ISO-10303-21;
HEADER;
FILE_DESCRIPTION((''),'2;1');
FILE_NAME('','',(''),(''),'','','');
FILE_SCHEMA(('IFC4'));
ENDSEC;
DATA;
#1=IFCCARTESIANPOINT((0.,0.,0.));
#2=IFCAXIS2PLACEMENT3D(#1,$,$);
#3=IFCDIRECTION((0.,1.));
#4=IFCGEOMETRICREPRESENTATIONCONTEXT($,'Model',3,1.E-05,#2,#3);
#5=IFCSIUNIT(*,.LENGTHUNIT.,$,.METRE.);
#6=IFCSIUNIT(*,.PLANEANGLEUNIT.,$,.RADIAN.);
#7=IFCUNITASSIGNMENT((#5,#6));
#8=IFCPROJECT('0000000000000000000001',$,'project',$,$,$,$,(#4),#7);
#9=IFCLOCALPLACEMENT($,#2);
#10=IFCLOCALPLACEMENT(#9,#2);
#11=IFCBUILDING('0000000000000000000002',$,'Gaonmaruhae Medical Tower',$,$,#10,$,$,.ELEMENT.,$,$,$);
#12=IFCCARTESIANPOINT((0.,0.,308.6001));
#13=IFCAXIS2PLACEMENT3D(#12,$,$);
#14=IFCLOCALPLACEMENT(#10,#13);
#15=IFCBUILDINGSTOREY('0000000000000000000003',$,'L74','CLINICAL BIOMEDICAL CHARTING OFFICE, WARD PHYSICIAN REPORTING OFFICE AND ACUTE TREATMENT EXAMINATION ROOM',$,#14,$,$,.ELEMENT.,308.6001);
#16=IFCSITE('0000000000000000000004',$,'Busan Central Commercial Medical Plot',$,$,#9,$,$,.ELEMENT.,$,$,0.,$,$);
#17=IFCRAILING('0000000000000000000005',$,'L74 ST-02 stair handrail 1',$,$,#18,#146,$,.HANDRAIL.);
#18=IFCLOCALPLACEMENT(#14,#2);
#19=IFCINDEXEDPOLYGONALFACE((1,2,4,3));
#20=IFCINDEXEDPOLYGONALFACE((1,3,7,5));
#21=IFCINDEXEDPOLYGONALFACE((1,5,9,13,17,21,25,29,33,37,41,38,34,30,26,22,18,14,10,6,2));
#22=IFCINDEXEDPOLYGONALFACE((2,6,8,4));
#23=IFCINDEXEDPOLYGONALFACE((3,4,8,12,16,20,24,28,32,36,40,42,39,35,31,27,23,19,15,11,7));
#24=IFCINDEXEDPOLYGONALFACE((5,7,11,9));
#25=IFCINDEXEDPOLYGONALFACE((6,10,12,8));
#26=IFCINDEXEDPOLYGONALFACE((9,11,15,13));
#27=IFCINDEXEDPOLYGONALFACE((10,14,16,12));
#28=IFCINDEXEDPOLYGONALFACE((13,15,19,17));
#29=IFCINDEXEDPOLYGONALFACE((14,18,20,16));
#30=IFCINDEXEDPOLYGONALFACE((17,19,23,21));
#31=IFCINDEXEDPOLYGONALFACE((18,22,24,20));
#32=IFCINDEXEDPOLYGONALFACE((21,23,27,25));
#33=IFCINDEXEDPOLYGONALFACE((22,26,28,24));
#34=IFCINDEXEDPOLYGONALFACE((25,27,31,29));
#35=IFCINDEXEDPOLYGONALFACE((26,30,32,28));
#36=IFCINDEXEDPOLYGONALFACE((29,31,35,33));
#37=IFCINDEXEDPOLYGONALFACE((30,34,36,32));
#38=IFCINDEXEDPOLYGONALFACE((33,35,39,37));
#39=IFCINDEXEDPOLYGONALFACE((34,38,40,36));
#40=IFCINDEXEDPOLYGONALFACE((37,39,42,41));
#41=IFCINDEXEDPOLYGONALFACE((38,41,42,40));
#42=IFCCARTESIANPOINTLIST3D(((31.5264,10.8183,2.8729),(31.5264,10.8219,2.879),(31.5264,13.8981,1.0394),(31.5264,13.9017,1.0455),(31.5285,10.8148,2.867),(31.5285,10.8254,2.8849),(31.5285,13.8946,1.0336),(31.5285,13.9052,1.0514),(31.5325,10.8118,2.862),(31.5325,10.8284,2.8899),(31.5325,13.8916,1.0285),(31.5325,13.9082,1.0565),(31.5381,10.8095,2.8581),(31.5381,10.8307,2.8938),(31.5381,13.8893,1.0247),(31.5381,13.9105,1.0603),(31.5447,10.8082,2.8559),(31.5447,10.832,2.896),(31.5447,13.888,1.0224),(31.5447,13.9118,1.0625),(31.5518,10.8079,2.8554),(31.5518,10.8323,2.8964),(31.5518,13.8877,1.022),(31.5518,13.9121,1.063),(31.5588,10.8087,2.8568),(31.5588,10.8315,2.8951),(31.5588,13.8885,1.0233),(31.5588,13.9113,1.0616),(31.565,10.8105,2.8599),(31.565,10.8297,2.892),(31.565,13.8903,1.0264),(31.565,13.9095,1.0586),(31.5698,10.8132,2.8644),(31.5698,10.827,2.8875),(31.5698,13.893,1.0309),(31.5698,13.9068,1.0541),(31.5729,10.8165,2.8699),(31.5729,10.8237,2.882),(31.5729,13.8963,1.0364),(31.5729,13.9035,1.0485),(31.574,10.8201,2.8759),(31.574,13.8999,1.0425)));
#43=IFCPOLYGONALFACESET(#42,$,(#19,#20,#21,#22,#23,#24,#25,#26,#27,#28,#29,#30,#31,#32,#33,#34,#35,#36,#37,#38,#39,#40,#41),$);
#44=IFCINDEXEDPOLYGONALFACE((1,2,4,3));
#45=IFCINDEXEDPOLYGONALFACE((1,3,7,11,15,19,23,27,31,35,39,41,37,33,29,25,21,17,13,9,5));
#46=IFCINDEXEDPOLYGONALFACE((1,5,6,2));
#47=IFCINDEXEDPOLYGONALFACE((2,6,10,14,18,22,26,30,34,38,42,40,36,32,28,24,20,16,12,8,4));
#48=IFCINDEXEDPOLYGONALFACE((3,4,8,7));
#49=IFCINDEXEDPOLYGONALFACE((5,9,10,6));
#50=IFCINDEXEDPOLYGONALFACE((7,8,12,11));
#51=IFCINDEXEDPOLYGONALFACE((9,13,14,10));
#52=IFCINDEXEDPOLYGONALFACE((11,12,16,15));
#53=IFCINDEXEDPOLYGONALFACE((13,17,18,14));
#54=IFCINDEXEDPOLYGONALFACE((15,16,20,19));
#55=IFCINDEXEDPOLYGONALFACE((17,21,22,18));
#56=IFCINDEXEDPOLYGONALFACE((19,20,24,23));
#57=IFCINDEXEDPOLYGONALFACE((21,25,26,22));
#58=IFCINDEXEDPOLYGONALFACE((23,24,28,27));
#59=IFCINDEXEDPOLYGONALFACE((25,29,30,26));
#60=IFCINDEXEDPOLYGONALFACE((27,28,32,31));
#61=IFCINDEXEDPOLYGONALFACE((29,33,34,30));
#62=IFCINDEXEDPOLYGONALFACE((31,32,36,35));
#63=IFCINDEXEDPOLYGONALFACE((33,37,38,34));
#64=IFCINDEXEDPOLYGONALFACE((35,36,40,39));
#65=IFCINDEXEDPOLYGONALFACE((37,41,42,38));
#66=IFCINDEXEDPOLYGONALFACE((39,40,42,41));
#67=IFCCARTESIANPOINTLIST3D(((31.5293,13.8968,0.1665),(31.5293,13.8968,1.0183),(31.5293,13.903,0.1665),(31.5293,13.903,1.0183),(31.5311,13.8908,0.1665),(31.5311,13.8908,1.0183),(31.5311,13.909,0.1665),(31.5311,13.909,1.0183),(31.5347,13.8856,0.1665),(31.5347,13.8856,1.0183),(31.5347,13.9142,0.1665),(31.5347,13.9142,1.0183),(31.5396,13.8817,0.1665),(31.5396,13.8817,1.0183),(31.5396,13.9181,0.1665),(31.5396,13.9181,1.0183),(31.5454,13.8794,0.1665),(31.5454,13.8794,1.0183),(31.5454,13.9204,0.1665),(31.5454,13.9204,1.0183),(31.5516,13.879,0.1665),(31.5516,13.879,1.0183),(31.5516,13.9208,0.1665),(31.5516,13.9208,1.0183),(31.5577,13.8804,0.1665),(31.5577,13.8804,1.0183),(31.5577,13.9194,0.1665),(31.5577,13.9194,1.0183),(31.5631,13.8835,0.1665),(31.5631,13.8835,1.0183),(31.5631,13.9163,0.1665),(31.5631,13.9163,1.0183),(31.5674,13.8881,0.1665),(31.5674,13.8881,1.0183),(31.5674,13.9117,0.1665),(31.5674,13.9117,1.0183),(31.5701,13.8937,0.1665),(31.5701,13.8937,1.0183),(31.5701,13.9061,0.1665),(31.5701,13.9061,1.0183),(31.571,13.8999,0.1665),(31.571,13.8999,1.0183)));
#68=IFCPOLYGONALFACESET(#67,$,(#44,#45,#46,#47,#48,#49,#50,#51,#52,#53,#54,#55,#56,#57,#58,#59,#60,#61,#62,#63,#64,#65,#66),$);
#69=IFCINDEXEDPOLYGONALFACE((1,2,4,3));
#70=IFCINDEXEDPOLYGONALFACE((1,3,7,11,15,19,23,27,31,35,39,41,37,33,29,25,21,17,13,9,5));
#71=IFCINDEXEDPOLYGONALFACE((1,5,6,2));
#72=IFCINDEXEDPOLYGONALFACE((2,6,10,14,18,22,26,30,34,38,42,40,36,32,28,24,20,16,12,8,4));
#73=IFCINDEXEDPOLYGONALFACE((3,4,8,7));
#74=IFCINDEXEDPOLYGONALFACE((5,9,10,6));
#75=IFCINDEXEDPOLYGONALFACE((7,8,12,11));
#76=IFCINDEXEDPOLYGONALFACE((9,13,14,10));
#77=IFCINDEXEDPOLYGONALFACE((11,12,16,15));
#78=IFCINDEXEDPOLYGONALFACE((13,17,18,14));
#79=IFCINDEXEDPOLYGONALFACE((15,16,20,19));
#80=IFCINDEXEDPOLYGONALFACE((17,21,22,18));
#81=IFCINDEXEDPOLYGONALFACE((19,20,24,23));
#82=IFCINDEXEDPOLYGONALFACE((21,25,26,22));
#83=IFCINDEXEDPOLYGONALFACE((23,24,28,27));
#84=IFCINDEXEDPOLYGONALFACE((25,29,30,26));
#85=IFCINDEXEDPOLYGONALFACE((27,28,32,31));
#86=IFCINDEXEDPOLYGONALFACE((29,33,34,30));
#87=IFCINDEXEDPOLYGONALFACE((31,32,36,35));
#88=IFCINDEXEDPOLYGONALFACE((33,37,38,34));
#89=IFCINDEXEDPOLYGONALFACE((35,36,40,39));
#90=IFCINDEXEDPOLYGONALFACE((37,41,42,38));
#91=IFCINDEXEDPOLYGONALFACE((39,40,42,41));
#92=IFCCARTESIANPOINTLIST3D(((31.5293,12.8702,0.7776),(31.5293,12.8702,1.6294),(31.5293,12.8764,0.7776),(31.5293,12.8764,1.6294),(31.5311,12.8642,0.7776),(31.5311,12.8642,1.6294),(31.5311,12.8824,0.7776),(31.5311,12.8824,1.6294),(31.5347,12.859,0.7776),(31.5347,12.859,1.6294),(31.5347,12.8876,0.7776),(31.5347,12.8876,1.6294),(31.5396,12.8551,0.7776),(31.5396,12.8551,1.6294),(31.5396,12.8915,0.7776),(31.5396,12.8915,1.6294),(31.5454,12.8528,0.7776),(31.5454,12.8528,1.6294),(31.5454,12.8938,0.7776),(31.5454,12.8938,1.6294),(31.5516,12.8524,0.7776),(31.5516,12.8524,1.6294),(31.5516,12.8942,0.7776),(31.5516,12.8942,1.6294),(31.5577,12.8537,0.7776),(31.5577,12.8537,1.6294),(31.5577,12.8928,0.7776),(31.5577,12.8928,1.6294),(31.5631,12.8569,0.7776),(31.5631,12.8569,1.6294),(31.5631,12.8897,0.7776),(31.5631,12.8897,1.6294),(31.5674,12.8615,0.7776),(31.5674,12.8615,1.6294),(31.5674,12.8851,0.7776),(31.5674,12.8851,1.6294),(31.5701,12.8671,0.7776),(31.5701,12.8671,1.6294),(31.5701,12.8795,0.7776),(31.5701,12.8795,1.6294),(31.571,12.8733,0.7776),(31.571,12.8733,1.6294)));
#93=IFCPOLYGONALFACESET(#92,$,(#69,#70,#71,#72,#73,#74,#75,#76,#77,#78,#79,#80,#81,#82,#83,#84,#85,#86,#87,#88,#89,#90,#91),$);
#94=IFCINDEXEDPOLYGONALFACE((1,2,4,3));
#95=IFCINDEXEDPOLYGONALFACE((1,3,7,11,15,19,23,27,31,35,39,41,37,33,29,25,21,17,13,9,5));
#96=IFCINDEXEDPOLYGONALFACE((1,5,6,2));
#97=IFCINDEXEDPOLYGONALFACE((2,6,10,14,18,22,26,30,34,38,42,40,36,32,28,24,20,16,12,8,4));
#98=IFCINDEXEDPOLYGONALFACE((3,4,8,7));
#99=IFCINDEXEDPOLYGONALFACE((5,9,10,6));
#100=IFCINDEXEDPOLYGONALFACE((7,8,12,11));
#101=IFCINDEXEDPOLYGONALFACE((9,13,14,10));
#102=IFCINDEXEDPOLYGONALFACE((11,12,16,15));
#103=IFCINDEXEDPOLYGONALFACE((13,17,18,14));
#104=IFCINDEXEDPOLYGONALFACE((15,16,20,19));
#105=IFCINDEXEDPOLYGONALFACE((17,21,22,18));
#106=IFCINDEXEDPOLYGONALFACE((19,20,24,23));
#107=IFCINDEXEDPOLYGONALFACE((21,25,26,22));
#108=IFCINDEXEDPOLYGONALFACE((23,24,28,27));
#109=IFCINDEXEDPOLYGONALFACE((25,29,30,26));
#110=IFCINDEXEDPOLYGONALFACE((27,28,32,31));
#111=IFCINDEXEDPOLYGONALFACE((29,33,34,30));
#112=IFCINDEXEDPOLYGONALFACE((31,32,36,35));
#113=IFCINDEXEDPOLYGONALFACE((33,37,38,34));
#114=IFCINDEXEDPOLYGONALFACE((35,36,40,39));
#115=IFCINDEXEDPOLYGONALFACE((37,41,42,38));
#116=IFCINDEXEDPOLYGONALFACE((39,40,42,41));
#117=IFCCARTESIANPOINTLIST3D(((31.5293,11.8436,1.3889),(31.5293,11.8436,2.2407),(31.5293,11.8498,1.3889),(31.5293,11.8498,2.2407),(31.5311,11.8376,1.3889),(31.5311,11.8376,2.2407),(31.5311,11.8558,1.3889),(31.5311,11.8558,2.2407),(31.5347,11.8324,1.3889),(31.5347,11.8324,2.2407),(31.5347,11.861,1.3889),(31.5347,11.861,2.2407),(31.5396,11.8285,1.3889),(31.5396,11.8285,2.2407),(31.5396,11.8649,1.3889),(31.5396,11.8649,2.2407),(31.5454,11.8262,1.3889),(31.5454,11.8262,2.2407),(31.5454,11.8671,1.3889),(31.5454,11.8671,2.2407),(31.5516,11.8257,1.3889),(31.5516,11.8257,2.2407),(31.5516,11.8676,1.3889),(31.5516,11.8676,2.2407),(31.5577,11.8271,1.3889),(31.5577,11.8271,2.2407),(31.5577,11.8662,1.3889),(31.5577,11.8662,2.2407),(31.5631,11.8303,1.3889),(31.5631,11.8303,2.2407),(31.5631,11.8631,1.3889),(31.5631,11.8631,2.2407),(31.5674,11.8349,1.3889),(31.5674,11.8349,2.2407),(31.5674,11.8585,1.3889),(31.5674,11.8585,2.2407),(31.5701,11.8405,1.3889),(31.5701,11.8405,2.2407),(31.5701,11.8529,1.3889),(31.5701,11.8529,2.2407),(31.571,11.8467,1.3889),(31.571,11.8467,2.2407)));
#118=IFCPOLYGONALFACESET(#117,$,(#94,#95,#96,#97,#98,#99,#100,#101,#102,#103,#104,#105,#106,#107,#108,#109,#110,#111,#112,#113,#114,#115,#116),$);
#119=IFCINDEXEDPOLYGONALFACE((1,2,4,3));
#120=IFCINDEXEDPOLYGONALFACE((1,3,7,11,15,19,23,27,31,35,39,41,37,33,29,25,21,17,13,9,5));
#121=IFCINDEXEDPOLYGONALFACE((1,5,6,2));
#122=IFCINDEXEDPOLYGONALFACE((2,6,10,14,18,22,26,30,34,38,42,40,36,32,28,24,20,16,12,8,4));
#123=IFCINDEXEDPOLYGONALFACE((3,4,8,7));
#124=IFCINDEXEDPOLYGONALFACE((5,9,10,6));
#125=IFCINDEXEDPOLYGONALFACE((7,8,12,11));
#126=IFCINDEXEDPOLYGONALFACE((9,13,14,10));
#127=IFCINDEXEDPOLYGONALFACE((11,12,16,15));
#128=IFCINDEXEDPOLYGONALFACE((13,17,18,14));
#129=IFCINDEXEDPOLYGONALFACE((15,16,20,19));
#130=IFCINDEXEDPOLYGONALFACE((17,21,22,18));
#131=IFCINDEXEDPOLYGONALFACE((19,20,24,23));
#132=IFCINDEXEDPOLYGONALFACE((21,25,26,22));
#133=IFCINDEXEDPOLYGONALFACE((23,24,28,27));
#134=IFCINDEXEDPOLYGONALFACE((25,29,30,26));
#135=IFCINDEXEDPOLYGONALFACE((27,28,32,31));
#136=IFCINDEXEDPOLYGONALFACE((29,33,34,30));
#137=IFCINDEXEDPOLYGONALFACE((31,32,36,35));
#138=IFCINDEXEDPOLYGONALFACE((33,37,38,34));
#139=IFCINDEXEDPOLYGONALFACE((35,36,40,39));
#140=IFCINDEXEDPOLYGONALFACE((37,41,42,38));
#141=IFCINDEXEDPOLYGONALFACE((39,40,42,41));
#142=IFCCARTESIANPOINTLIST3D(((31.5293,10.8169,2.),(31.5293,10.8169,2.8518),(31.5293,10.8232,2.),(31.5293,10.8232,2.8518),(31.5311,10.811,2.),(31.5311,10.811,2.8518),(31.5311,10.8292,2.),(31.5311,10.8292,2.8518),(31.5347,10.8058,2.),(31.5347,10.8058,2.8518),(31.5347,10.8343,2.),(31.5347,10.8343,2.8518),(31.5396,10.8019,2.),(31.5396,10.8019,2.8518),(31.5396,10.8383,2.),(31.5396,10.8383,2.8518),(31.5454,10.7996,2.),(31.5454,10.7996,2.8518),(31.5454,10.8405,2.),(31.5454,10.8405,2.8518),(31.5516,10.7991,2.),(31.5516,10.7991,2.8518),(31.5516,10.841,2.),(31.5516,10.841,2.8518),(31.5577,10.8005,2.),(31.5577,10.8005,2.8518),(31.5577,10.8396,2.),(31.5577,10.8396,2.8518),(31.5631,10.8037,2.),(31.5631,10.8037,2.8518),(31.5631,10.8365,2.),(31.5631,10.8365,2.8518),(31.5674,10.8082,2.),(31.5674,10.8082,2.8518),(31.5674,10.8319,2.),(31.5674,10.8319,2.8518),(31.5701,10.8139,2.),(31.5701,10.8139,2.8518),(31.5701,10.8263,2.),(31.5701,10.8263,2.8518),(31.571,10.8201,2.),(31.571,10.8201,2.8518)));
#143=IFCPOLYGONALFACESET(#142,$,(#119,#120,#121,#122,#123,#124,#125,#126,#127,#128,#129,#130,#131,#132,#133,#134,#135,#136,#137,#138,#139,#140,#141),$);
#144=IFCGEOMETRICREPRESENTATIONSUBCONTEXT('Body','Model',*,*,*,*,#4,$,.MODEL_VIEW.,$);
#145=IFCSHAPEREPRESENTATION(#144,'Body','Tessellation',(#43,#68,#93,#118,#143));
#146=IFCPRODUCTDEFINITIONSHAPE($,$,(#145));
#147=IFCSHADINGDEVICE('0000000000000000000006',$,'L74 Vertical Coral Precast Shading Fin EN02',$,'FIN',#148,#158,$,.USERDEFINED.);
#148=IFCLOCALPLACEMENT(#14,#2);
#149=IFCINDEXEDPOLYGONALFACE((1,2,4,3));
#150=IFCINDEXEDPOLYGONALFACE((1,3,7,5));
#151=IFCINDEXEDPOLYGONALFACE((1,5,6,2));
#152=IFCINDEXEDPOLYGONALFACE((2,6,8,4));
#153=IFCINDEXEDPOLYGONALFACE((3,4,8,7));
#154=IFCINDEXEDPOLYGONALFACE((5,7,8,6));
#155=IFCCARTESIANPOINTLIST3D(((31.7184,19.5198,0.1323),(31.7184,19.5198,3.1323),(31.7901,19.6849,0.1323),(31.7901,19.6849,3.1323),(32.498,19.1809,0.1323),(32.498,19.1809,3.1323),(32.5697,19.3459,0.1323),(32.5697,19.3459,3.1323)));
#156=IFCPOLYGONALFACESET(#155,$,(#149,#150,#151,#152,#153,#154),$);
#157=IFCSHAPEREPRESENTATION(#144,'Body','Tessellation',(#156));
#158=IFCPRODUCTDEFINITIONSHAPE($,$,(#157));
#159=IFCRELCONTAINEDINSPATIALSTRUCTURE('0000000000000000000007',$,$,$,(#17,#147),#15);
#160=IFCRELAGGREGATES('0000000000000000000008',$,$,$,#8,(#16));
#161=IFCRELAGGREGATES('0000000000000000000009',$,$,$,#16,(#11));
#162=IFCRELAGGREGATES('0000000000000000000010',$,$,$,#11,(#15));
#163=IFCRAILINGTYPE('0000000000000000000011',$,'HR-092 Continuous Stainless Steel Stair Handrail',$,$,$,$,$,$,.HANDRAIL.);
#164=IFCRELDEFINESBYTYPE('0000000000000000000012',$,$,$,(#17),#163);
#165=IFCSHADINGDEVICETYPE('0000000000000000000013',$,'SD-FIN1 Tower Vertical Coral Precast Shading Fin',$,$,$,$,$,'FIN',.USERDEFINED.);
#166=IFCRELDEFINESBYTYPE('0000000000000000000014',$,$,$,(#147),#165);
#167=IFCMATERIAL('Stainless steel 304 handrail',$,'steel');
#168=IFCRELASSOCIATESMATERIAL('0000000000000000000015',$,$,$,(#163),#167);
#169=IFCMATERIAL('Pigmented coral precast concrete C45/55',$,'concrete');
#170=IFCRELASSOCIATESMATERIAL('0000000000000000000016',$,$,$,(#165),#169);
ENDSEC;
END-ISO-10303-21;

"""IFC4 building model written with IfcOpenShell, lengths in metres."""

from ifc_helpers import new_model, si_unit, direction, frame, origin, origin_2d, place, context, subcontext, project, spatial, rectangle, circle, extrude, material, type_object, element, save


model = new_model("IFC4")

# Units and contexts
model_context = context("Model", 3, precision=1e-05, world=origin(), true_north=direction((0.0, 1.0)))
body_context = subcontext(model_context, "Body", "Model", "MODEL_VIEW")
ifc_project = project(units=[si_unit("LENGTHUNIT", "METRE"), si_unit("PLANEANGLEUNIT", "RADIAN")], contexts=[model_context])

# Site, building, storey
site_placement = place(None, origin())
site = spatial("IfcSite", under=ifc_project, at=site_placement, Name="Busan Central Commercial Medical Plot", CompositionType="ELEMENT", RefElevation=0.0)
building_placement = place(site_placement, origin())
building = spatial("IfcBuilding", under=site, at=building_placement, Name="Gaonmaruhae Medical Tower", CompositionType="ELEMENT")
storey_placement = place(building_placement, frame((0.0, 0.0, 308.6001)))
storey = spatial("IfcBuildingStorey", under=building, at=storey_placement, Name="L74", Description="CLINICAL BIOMEDICAL CHARTING OFFICE, WARD PHYSICIAN REPORTING OFFICE AND ACUTE TREATMENT EXAMINATION ROOM", CompositionType="ELEMENT", Elevation=308.6001)

# Railing
ifc_material_1 = material(Name="Stainless steel 304 handrail", Category="steel")
railing_type_1 = type_object("IfcRailingType", Name="HR-092 Continuous Stainless Steel Stair Handrail", PredefinedType="HANDRAIL", material=ifc_material_1)
railing_1_placement = place(storey_placement, frame((31.55, 13.8999, 0.1665)))
element("IfcRailing", 1, at=railing_1_placement, inside=storey, type_object=railing_type_1, Name="L74 ST-02 stair handrail 1", PredefinedType="HANDRAIL", context=body_context, shape_type="SweptSolid", body=[
    extrude(circle(Radius=0.0239, at=origin_2d()), frame((0.0, 0.0, 0.876), z_axis=(0.0, -0.859261, 0.511538), x_axis=(1.0, 0.0, 0.0)), (0.0, 0.0, 1.0), 3.5842),
    extrude(circle(Radius=0.021, at=origin_2d()), origin(), (0.0, 0.0, 1.0), 0.8518),
    extrude(circle(Radius=0.021, at=origin_2d()), frame((0.0, -1.0266, 0.6111)), (0.0, 0.0, 1.0), 0.8518),
    extrude(circle(Radius=0.021, at=origin_2d()), frame((0.0, -2.0532, 1.2224)), (0.0, 0.0, 1.0), 0.8518),
    extrude(circle(Radius=0.021, at=origin_2d()), frame((0.0, -3.0798, 1.8335)), (0.0, 0.0, 1.0), 0.8518),
])

# Shading device
ifc_material_2 = material(Name="Pigmented coral precast concrete C45/55", Category="concrete")
shading_device_type = type_object("IfcShadingDeviceType", Name="SD-FIN1 Tower Vertical Coral Precast Shading Fin", ElementType="FIN", PredefinedType="USERDEFINED", material=ifc_material_2)
shading_device_placement = place(storey_placement, frame((32.144, 19.4329, 0.1323), z_axis=(0.0, 0.0, 1.0), x_axis=(0.398749, 0.91706, 0.0)))
element("IfcShadingDevice", 2, at=shading_device_placement, inside=storey, type_object=shading_device_type, Name="L74 Vertical Coral Precast Shading Fin EN02", ObjectType="FIN", PredefinedType="USERDEFINED", context=body_context, shape_type="SweptSolid", body=[
    extrude(rectangle(XDim=0.1799, YDim=0.8501, at=origin_2d()), origin(), (0.0, 0.0, 1.0), 3.0),
])

save(model, "model.ifc")
